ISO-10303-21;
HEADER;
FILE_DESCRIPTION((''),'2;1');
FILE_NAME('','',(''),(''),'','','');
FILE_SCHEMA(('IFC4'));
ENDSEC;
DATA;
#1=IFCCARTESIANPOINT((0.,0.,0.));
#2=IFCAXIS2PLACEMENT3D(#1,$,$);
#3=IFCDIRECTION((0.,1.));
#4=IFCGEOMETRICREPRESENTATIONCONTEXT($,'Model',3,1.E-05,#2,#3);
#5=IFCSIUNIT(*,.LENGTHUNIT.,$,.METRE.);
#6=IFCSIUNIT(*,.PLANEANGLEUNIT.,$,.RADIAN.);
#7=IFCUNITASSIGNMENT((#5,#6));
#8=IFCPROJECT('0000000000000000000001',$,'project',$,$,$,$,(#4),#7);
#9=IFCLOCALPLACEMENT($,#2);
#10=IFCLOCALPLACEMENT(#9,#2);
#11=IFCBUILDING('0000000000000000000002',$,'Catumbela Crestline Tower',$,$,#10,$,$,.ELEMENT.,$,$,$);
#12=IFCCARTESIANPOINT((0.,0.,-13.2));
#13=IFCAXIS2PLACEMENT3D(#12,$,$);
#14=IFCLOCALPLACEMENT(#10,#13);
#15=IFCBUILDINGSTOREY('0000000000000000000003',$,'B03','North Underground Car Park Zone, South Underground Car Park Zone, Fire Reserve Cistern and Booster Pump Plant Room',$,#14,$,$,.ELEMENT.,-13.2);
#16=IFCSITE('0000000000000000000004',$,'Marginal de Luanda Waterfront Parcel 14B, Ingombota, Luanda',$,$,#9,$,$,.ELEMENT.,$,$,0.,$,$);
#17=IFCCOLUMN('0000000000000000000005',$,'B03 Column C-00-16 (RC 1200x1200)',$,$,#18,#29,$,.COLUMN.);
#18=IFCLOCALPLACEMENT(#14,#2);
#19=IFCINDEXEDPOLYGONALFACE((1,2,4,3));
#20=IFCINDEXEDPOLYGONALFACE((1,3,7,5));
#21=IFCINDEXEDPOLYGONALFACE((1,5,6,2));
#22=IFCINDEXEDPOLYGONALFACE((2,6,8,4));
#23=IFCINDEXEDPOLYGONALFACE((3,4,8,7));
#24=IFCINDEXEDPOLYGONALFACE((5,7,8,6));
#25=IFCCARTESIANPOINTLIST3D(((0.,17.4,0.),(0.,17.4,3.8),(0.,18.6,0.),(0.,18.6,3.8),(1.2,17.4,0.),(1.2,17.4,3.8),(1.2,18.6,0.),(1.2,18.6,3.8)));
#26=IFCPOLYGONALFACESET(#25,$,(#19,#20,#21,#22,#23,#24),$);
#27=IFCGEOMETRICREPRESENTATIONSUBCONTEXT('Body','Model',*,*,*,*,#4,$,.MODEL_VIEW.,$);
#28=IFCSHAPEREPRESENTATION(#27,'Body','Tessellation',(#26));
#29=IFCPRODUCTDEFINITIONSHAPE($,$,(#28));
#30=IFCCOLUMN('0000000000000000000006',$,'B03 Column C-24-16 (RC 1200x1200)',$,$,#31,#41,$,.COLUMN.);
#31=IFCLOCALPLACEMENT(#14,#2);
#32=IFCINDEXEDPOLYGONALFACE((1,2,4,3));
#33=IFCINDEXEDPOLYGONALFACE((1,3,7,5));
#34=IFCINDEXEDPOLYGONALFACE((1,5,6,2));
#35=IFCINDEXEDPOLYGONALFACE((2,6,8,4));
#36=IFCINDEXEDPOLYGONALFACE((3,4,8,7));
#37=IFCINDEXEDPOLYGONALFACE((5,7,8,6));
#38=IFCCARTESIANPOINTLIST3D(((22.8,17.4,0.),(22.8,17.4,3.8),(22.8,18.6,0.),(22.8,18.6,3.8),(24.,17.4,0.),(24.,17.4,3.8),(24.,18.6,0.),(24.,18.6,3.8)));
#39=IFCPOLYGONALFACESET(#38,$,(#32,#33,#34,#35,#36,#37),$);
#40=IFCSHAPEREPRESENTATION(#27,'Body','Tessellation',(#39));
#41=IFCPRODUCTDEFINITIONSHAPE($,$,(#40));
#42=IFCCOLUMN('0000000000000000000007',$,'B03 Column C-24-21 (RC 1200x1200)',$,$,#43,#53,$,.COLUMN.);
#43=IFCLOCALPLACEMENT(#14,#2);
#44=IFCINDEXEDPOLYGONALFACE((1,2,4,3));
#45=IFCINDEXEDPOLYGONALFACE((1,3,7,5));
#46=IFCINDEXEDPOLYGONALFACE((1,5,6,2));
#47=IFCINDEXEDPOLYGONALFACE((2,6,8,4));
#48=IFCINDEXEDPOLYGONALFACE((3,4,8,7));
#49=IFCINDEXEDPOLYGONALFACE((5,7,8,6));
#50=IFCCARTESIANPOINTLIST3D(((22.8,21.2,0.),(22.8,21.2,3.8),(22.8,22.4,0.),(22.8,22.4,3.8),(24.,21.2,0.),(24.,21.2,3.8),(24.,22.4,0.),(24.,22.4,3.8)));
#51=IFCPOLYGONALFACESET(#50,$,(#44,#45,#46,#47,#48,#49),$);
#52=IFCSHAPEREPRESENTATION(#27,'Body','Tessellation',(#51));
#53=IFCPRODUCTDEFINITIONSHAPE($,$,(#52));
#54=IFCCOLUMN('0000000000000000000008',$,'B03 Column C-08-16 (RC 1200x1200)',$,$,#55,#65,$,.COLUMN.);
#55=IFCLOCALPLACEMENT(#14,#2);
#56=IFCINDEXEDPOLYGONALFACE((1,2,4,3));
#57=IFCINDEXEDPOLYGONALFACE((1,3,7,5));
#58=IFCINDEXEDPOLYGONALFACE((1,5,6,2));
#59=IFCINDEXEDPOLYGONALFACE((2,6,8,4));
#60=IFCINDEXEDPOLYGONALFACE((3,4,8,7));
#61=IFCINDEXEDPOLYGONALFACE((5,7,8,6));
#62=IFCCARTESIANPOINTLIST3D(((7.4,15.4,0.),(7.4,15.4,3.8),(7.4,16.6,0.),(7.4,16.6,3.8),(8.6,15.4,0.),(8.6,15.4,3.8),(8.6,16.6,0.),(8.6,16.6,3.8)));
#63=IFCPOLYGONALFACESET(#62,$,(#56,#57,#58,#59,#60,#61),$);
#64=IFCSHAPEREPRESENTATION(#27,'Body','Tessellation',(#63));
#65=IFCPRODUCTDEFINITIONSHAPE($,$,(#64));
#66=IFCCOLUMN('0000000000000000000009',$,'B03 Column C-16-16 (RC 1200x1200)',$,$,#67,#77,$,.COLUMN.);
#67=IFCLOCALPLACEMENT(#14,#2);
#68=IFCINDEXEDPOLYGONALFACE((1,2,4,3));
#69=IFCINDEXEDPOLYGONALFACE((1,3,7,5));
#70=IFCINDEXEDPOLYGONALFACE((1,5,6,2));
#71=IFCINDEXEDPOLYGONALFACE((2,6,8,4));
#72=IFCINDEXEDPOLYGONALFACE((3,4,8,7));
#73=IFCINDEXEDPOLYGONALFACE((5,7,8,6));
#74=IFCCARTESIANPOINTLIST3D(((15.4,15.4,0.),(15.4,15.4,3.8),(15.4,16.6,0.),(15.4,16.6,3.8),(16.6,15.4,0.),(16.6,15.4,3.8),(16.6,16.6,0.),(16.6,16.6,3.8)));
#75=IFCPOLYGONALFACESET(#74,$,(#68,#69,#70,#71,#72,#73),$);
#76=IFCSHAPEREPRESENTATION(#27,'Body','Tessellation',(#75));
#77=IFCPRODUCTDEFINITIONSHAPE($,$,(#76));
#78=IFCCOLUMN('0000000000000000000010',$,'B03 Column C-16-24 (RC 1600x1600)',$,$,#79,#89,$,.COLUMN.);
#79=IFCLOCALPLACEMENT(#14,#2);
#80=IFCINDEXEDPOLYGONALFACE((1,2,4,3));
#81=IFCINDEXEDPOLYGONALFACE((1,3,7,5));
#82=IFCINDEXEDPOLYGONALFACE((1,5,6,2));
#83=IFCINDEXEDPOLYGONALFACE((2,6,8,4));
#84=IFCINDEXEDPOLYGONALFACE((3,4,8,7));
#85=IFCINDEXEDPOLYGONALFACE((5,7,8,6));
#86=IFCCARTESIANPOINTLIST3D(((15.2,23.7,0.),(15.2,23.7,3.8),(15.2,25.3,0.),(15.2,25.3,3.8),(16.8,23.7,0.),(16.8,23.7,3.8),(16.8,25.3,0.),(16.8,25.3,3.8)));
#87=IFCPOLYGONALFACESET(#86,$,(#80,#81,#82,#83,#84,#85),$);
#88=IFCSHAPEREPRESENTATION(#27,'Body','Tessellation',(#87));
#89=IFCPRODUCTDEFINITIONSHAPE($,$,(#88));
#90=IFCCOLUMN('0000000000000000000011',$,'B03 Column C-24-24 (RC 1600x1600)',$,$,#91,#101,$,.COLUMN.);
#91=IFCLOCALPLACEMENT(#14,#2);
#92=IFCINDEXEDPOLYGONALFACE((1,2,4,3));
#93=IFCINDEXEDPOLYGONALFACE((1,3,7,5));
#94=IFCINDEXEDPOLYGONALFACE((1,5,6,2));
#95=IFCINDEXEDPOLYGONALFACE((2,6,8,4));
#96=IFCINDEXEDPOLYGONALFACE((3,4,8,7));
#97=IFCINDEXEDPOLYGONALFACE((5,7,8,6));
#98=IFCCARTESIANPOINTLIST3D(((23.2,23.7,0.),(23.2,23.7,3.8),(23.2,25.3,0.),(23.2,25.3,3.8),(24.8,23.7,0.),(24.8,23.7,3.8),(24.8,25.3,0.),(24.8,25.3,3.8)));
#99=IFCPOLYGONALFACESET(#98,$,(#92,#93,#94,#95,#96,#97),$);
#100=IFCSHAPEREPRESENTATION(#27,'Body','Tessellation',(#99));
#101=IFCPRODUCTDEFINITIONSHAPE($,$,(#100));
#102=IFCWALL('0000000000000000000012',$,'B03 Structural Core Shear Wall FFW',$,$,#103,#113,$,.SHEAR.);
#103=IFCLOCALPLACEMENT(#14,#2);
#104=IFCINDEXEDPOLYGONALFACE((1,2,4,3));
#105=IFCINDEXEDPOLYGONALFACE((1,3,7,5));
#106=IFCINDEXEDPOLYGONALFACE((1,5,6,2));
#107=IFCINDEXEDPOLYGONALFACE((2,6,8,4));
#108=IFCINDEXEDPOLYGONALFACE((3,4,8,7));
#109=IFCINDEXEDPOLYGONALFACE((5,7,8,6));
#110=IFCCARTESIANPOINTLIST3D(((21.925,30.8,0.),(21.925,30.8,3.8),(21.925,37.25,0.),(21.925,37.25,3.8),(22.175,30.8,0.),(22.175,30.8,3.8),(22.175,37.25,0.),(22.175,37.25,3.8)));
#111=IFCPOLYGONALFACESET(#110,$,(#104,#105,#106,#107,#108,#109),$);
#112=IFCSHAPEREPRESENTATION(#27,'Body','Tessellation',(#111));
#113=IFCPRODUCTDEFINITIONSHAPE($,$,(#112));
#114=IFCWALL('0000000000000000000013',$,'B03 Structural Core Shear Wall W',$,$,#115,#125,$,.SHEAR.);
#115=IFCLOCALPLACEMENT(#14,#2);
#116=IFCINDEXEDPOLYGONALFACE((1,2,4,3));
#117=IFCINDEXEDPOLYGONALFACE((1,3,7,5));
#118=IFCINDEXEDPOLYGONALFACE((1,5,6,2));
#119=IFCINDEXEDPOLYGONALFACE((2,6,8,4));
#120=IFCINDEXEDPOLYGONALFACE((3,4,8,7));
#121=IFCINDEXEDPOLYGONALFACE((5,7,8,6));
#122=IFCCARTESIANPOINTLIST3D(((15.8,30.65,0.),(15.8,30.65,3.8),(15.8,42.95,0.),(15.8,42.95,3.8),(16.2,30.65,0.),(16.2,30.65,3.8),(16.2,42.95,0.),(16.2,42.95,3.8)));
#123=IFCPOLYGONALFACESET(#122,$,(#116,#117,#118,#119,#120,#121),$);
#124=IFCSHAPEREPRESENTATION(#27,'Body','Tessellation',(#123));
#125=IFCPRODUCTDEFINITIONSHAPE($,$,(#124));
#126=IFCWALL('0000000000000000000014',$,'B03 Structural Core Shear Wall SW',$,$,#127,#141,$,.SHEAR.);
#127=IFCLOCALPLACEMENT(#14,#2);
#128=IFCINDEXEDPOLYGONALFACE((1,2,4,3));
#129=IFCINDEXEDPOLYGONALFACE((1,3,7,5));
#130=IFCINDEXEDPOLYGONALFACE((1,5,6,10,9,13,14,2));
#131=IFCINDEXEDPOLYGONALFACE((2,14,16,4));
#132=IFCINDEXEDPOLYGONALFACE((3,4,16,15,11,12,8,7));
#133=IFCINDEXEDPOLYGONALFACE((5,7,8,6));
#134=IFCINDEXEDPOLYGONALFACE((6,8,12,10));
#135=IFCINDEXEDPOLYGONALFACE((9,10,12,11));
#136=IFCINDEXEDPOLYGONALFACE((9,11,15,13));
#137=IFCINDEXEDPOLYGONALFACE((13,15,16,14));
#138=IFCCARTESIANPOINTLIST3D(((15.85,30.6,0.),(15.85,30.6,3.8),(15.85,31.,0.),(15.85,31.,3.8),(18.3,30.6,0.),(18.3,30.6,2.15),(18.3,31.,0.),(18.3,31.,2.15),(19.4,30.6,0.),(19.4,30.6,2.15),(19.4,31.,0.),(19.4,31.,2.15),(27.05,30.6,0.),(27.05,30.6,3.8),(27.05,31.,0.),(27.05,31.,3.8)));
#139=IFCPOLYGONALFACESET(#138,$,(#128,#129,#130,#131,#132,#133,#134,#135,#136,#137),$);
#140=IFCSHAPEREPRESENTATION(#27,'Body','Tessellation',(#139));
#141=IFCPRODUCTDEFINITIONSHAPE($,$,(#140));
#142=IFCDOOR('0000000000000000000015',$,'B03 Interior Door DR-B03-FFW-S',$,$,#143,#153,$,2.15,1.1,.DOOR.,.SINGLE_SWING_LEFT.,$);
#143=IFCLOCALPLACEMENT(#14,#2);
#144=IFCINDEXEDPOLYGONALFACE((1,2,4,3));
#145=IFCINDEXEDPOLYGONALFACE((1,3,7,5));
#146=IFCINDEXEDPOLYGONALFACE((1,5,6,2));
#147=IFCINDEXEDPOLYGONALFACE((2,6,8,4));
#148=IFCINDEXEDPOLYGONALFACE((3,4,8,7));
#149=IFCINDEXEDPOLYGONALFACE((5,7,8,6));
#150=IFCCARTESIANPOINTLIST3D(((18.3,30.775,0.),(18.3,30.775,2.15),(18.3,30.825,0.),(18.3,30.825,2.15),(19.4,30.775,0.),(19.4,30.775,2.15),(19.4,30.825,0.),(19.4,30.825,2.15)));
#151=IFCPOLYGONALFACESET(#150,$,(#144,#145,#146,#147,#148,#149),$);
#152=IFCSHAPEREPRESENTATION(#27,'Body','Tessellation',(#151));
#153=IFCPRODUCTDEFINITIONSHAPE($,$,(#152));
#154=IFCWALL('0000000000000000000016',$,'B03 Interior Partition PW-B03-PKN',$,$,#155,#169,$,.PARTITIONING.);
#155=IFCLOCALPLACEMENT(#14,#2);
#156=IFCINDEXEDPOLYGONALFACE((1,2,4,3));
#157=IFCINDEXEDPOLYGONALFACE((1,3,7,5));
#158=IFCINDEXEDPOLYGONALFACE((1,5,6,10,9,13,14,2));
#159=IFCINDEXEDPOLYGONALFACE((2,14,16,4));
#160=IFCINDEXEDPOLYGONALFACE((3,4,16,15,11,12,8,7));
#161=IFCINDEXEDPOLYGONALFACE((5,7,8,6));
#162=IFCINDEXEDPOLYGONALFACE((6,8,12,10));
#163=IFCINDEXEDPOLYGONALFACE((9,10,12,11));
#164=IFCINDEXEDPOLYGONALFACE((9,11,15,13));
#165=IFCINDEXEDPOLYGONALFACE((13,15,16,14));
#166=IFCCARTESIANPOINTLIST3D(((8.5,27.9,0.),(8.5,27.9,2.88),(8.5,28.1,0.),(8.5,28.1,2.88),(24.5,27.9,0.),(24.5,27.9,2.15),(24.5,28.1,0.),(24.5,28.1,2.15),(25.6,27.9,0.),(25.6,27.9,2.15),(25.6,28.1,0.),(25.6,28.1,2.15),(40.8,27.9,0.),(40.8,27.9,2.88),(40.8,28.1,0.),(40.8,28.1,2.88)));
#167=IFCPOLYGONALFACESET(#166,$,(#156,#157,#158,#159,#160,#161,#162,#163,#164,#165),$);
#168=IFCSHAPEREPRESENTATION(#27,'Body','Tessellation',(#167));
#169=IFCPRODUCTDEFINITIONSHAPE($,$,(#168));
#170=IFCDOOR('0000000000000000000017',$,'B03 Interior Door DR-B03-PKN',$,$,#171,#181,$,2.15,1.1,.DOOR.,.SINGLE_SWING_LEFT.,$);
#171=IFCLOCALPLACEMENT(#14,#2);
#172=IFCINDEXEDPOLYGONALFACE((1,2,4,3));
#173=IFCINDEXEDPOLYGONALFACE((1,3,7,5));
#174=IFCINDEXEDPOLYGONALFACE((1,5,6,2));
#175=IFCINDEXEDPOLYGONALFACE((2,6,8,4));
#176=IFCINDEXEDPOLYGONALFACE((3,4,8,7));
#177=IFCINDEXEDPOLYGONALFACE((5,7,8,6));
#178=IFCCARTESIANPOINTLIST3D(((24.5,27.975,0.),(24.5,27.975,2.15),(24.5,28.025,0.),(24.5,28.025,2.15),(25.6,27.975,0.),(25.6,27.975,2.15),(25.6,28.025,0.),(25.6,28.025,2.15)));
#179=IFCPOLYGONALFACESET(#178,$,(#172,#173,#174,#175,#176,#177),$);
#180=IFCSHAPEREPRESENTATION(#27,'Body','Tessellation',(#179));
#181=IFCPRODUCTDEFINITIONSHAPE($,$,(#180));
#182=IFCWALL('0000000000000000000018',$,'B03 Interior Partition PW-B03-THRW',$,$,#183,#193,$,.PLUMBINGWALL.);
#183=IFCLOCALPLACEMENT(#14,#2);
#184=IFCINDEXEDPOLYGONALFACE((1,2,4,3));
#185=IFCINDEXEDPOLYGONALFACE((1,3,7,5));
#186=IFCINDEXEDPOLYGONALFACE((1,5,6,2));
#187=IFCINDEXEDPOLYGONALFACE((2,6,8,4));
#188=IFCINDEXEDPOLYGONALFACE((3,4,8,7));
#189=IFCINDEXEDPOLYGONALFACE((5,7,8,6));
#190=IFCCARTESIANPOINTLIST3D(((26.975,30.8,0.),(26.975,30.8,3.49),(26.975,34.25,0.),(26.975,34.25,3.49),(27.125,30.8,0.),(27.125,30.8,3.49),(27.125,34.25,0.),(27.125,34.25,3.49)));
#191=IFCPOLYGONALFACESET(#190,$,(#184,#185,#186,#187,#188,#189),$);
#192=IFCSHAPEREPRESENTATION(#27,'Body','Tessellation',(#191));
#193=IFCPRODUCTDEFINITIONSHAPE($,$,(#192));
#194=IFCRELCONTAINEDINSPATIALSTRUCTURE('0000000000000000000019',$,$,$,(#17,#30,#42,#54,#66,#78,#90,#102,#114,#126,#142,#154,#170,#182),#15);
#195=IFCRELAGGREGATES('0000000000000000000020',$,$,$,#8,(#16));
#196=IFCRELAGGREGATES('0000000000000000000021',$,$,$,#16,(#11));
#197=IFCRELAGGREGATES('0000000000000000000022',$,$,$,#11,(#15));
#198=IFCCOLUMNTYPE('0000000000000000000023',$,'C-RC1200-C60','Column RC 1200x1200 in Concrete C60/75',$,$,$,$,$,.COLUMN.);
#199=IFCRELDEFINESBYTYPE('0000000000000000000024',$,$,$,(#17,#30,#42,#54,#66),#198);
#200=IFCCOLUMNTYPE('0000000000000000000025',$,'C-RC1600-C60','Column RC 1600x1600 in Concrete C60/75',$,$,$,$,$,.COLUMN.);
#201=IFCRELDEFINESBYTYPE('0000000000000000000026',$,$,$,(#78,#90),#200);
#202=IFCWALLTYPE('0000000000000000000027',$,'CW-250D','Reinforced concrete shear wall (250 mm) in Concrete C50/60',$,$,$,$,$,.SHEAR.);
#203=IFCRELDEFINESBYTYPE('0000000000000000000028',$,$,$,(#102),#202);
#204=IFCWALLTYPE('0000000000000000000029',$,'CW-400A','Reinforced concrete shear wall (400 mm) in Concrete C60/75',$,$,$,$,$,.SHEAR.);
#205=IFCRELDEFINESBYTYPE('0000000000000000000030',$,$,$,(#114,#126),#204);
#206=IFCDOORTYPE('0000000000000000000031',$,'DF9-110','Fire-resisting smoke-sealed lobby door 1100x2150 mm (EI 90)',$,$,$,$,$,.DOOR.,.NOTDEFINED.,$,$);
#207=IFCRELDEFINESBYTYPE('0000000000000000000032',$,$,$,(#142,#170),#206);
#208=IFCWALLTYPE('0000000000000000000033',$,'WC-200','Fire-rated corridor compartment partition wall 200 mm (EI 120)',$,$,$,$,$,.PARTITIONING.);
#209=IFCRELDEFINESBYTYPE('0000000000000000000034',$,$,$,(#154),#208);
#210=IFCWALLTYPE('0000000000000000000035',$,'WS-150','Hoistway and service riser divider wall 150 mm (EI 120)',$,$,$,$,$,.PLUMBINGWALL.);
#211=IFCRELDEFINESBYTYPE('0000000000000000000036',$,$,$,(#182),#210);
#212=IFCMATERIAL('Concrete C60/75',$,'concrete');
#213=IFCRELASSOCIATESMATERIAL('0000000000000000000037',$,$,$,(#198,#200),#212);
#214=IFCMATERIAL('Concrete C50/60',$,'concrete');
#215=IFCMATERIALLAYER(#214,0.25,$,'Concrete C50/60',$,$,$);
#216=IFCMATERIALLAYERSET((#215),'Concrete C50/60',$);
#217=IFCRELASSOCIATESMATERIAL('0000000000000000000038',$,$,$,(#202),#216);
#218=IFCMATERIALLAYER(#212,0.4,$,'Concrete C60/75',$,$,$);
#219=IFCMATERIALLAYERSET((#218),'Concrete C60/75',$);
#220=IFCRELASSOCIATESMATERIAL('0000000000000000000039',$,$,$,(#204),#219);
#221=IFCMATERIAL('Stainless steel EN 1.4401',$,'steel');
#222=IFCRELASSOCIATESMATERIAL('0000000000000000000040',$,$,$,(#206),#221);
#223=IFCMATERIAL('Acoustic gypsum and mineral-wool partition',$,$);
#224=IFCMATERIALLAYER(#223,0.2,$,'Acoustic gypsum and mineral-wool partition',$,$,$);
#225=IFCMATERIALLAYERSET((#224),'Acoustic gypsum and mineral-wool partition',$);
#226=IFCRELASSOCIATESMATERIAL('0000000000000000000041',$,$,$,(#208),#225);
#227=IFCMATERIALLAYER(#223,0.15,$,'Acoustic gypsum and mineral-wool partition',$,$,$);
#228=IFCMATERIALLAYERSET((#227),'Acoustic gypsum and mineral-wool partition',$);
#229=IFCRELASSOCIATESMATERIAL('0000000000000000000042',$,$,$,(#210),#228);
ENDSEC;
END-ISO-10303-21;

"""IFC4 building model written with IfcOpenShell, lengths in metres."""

from ifc_helpers import new_model, si_unit, direction, frame, frame_2d, origin, origin_2d, place, context, subcontext, project, spatial, rectangle, extrude, material, layer, layer_set, material_profile, profile_set, type_object, element, fill, save


model = new_model("IFC4")

# Units and contexts
model_context = context("Model", 3, precision=1e-05, world=origin(), true_north=direction((0.0, 1.0)))
body_context = subcontext(model_context, "Body", "Model", "MODEL_VIEW")
ifc_project = project(units=[si_unit("LENGTHUNIT", "METRE"), si_unit("PLANEANGLEUNIT", "RADIAN")], contexts=[model_context])

# Site, building, storey
site_placement = place(None, origin())
site = spatial("IfcSite", under=ifc_project, at=site_placement, Name="Marginal de Luanda Waterfront Parcel 14B, Ingombota, Luanda", CompositionType="ELEMENT", RefElevation=0.0)
building_placement = place(site_placement, origin())
building = spatial("IfcBuilding", under=site, at=building_placement, Name="Catumbela Crestline Tower", CompositionType="ELEMENT")
storey_placement = place(building_placement, frame((0.0, 0.0, -13.2)))
storey = spatial("IfcBuildingStorey", under=building, at=storey_placement, Name="B03", Description="North Underground Car Park Zone, South Underground Car Park Zone, Fire Reserve Cistern and Booster Pump Plant Room", CompositionType="ELEMENT", Elevation=-13.2)

# Columns
ifc_material_1 = material(Name="Concrete C50/60", Category="concrete")
ifc_material_2 = material(Name="Concrete C60/75", Category="concrete")
ifc_material_profile_1 = material_profile(ifc_material_2, rectangle(XDim=1.2, YDim=1.2, at=origin_2d()), Name="RC 1200x1200")
ifc_profile_set_1 = profile_set([ifc_material_profile_1], Name="Concrete C60/75")
column_type_1 = type_object("IfcColumnType", Name="C-RC1200-C60", Description="Column RC 1200x1200 in Concrete C60/75", PredefinedType="COLUMN", material=ifc_profile_set_1)
for number, where, z_axis, x_axis, name in (
    (1, (0.6, 18.0, 0.0), (0.0, 0.0, 1.0), (1.0, 0.0, 0.0), "B03 Column C-00-16 (RC 1200x1200)"),
    (2, (23.4, 18.0, 0.0), (0.0, 0.0, 1.0), (1.0, 0.0, 0.0), "B03 Column C-24-16 (RC 1200x1200)"),
    (3, (23.4, 21.8, 0.0), (0.0, 0.0, 1.0), (1.0, 0.0, 0.0), "B03 Column C-24-21 (RC 1200x1200)"),
    (4, (8.0, 16.0, 0.0), (0.0, 0.0, 1.0), (1.0, 0.0, 0.0), "B03 Column C-08-16 (RC 1200x1200)"),
    (5, (16.0, 16.0, 0.0), (0.0, 0.0, 1.0), (1.0, 0.0, 0.0), "B03 Column C-16-16 (RC 1200x1200)"),
):
    element("IfcColumn", number, at=place(storey_placement, frame(where, z_axis=z_axis, x_axis=x_axis)), inside=storey, type_object=column_type_1, Name=name, PredefinedType="COLUMN", context=body_context, shape_type="SweptSolid", body=[
        extrude(rectangle(XDim=1.2, YDim=1.2, at=origin_2d()), origin(), (0.0, 0.0, 1.0), 3.8),
    ])
ifc_material_profile_2 = material_profile(ifc_material_2, rectangle(XDim=1.6, YDim=1.6, at=origin_2d()), Name="RC 1600x1600")
ifc_profile_set_2 = profile_set([ifc_material_profile_2], Name="Concrete C60/75")
column_type_2 = type_object("IfcColumnType", Name="C-RC1600-C60", Description="Column RC 1600x1600 in Concrete C60/75", PredefinedType="COLUMN", material=ifc_profile_set_2)
for number, where, z_axis, x_axis, name in (
    (6, (16.0, 24.5, 0.0), (0.0, 0.0, 1.0), (1.0, 0.0, 0.0), "B03 Column C-16-24 (RC 1600x1600)"),
    (7, (24.0, 24.5, 0.0), (0.0, 0.0, 1.0), (1.0, 0.0, 0.0), "B03 Column C-24-24 (RC 1600x1600)"),
):
    element("IfcColumn", number, at=place(storey_placement, frame(where, z_axis=z_axis, x_axis=x_axis)), inside=storey, type_object=column_type_2, Name=name, PredefinedType="COLUMN", context=body_context, shape_type="SweptSolid", body=[
        extrude(rectangle(XDim=1.6, YDim=1.6, at=origin_2d()), origin(), (0.0, 0.0, 1.0), 3.8),
    ])

# Walls
ifc_layer_1 = layer(ifc_material_1, 0.25, Name="Concrete C50/60")
ifc_layer_set_1 = layer_set([ifc_layer_1], Name="Concrete C50/60")
wall_type_1 = type_object("IfcWallType", Name="CW-250D", Description="Reinforced concrete shear wall (250 mm) in Concrete C50/60", PredefinedType="SHEAR", material=ifc_layer_set_1)
wall_1_placement = place(storey_placement, frame((22.05, 30.8, 0.0), z_axis=(0.0, 0.0, 1.0), x_axis=(0.0, 1.0, 0.0)))
element("IfcWall", 8, at=wall_1_placement, inside=storey, type_object=wall_type_1, Name="B03 Structural Core Shear Wall FFW", PredefinedType="SHEAR", context=body_context, shape_type="SweptSolid", body=[
    extrude(rectangle(XDim=6.45, YDim=0.25, at=frame_2d((3.225, 0.0))), origin(), (0.0, 0.0, 1.0), 3.8),
])
ifc_layer_2 = layer(ifc_material_2, 0.4, Name="Concrete C60/75")
ifc_layer_set_2 = layer_set([ifc_layer_2], Name="Concrete C60/75")
wall_type_2 = type_object("IfcWallType", Name="CW-400A", Description="Reinforced concrete shear wall (400 mm) in Concrete C60/75", PredefinedType="SHEAR", material=ifc_layer_set_2)
wall_2_placement = place(storey_placement, frame((16.0, 30.65, 0.0), z_axis=(0.0, 0.0, 1.0), x_axis=(0.0, 1.0, 0.0)))
element("IfcWall", 9, at=wall_2_placement, inside=storey, type_object=wall_type_2, Name="B03 Structural Core Shear Wall W", PredefinedType="SHEAR", context=body_context, shape_type="SweptSolid", body=[
    extrude(rectangle(XDim=12.3, YDim=0.4, at=frame_2d((6.15, 0.0))), origin(), (0.0, 0.0, 1.0), 3.8),
])

# Walls, openings, doors
wall_3_placement = place(storey_placement, frame((15.85, 30.8, 0.0), z_axis=(0.0, 0.0, 1.0), x_axis=(1.0, 0.0, 0.0)))
wall_3 = element("IfcWall", 10, at=wall_3_placement, inside=storey, type_object=wall_type_2, Name="B03 Structural Core Shear Wall SW", PredefinedType="SHEAR", context=body_context, shape_type="SweptSolid", body=[
    extrude(rectangle(XDim=11.2, YDim=0.4, at=frame_2d((5.6, 0.0))), origin(), (0.0, 0.0, 1.0), 3.8),
])
opening_1_placement = place(wall_3_placement, frame((2.45, 0.0, 0.0)))
opening_1 = element("IfcOpeningElement", 11, at=opening_1_placement, cuts=wall_3, PredefinedType="OPENING", context=body_context, shape_type="SweptSolid", body=[
    extrude(rectangle(XDim=1.1, YDim=2.15, at=frame_2d((0.55, 1.075))), frame((0.0, 0.21, 0.0), z_axis=(0.0, -1.0, 0.0), x_axis=(1.0, 0.0, 0.0)), (0.0, 0.0, 1.0), 0.42),
])
ifc_material_3 = material(Name="Stainless steel EN 1.4401", Category="steel")
door_type = type_object("IfcDoorType", Name="DF9-110", Description="Fire-resisting smoke-sealed lobby door 1100x2150 mm (EI 90)", OperationType="NOTDEFINED", PredefinedType="DOOR", material=ifc_material_3)
door_1_placement = place(opening_1_placement, origin())
door_1 = element("IfcDoor", 12, at=door_1_placement, inside=storey, type_object=door_type, Name="B03 Interior Door DR-B03-FFW-S", OperationType="SINGLE_SWING_LEFT", OverallHeight=2.15, OverallWidth=1.1, PredefinedType="DOOR", context=body_context, shape_type="SweptSolid", body=[
    extrude(rectangle(XDim=1.1, YDim=2.15, at=frame_2d((0.55, 1.075))), frame((0.0, 0.025, 0.0), z_axis=(0.0, -1.0, 0.0), x_axis=(1.0, 0.0, 0.0)), (0.0, 0.0, 1.0), 0.05),
])
fill(opening_1, door_1)
ifc_material_4 = material(Name="Acoustic gypsum and mineral-wool partition")
ifc_layer_3 = layer(ifc_material_4, 0.2, Name="Acoustic gypsum and mineral-wool partition")
ifc_layer_set_3 = layer_set([ifc_layer_3], Name="Acoustic gypsum and mineral-wool partition")
wall_type_3 = type_object("IfcWallType", Name="WC-200", Description="Fire-rated corridor compartment partition wall 200 mm (EI 120)", PredefinedType="PARTITIONING", material=ifc_layer_set_3)
wall_4_placement = place(storey_placement, frame((8.5, 28.0, 0.0), z_axis=(0.0, 0.0, 1.0), x_axis=(1.0, 0.0, 0.0)))
wall_4 = element("IfcWall", 13, at=wall_4_placement, inside=storey, type_object=wall_type_3, Name="B03 Interior Partition PW-B03-PKN", PredefinedType="PARTITIONING", context=body_context, shape_type="SweptSolid", body=[
    extrude(rectangle(XDim=32.3, YDim=0.2, at=frame_2d((16.15, 0.0))), origin(), (0.0, 0.0, 1.0), 2.88),
])
opening_2_placement = place(wall_4_placement, frame((16.0, 0.0, 0.0)))
opening_2 = element("IfcOpeningElement", 14, at=opening_2_placement, cuts=wall_4, PredefinedType="OPENING", context=body_context, shape_type="SweptSolid", body=[
    extrude(rectangle(XDim=1.1, YDim=2.15, at=frame_2d((0.55, 1.075))), frame((0.0, 0.11, 0.0), z_axis=(0.0, -1.0, 0.0), x_axis=(1.0, 0.0, 0.0)), (0.0, 0.0, 1.0), 0.22),
])
door_2_placement = place(opening_2_placement, origin())
door_2 = element("IfcDoor", 15, at=door_2_placement, inside=storey, type_object=door_type, Name="B03 Interior Door DR-B03-PKN", OperationType="SINGLE_SWING_LEFT", OverallHeight=2.15, OverallWidth=1.1, PredefinedType="DOOR", context=body_context, shape_type="SweptSolid", body=[
    extrude(rectangle(XDim=1.1, YDim=2.15, at=frame_2d((0.55, 1.075))), frame((0.0, 0.025, 0.0), z_axis=(0.0, -1.0, 0.0), x_axis=(1.0, 0.0, 0.0)), (0.0, 0.0, 1.0), 0.05),
])
fill(opening_2, door_2)

# Wall
ifc_layer_4 = layer(ifc_material_4, 0.15, Name="Acoustic gypsum and mineral-wool partition")
ifc_layer_set_4 = layer_set([ifc_layer_4], Name="Acoustic gypsum and mineral-wool partition")
wall_type_4 = type_object("IfcWallType", Name="WS-150", Description="Hoistway and service riser divider wall 150 mm (EI 120)", PredefinedType="PLUMBINGWALL", material=ifc_layer_set_4)
wall_5_placement = place(storey_placement, frame((27.05, 30.8, 0.0), z_axis=(0.0, 0.0, 1.0), x_axis=(0.0, 1.0, 0.0)))
element("IfcWall", 16, at=wall_5_placement, inside=storey, type_object=wall_type_4, Name="B03 Interior Partition PW-B03-THRW", PredefinedType="PLUMBINGWALL", context=body_context, shape_type="SweptSolid", body=[
    extrude(rectangle(XDim=3.45, YDim=0.15, at=frame_2d((1.725, 0.0))), origin(), (0.0, 0.0, 1.0), 3.49),
])

save(model, "model.ifc")
